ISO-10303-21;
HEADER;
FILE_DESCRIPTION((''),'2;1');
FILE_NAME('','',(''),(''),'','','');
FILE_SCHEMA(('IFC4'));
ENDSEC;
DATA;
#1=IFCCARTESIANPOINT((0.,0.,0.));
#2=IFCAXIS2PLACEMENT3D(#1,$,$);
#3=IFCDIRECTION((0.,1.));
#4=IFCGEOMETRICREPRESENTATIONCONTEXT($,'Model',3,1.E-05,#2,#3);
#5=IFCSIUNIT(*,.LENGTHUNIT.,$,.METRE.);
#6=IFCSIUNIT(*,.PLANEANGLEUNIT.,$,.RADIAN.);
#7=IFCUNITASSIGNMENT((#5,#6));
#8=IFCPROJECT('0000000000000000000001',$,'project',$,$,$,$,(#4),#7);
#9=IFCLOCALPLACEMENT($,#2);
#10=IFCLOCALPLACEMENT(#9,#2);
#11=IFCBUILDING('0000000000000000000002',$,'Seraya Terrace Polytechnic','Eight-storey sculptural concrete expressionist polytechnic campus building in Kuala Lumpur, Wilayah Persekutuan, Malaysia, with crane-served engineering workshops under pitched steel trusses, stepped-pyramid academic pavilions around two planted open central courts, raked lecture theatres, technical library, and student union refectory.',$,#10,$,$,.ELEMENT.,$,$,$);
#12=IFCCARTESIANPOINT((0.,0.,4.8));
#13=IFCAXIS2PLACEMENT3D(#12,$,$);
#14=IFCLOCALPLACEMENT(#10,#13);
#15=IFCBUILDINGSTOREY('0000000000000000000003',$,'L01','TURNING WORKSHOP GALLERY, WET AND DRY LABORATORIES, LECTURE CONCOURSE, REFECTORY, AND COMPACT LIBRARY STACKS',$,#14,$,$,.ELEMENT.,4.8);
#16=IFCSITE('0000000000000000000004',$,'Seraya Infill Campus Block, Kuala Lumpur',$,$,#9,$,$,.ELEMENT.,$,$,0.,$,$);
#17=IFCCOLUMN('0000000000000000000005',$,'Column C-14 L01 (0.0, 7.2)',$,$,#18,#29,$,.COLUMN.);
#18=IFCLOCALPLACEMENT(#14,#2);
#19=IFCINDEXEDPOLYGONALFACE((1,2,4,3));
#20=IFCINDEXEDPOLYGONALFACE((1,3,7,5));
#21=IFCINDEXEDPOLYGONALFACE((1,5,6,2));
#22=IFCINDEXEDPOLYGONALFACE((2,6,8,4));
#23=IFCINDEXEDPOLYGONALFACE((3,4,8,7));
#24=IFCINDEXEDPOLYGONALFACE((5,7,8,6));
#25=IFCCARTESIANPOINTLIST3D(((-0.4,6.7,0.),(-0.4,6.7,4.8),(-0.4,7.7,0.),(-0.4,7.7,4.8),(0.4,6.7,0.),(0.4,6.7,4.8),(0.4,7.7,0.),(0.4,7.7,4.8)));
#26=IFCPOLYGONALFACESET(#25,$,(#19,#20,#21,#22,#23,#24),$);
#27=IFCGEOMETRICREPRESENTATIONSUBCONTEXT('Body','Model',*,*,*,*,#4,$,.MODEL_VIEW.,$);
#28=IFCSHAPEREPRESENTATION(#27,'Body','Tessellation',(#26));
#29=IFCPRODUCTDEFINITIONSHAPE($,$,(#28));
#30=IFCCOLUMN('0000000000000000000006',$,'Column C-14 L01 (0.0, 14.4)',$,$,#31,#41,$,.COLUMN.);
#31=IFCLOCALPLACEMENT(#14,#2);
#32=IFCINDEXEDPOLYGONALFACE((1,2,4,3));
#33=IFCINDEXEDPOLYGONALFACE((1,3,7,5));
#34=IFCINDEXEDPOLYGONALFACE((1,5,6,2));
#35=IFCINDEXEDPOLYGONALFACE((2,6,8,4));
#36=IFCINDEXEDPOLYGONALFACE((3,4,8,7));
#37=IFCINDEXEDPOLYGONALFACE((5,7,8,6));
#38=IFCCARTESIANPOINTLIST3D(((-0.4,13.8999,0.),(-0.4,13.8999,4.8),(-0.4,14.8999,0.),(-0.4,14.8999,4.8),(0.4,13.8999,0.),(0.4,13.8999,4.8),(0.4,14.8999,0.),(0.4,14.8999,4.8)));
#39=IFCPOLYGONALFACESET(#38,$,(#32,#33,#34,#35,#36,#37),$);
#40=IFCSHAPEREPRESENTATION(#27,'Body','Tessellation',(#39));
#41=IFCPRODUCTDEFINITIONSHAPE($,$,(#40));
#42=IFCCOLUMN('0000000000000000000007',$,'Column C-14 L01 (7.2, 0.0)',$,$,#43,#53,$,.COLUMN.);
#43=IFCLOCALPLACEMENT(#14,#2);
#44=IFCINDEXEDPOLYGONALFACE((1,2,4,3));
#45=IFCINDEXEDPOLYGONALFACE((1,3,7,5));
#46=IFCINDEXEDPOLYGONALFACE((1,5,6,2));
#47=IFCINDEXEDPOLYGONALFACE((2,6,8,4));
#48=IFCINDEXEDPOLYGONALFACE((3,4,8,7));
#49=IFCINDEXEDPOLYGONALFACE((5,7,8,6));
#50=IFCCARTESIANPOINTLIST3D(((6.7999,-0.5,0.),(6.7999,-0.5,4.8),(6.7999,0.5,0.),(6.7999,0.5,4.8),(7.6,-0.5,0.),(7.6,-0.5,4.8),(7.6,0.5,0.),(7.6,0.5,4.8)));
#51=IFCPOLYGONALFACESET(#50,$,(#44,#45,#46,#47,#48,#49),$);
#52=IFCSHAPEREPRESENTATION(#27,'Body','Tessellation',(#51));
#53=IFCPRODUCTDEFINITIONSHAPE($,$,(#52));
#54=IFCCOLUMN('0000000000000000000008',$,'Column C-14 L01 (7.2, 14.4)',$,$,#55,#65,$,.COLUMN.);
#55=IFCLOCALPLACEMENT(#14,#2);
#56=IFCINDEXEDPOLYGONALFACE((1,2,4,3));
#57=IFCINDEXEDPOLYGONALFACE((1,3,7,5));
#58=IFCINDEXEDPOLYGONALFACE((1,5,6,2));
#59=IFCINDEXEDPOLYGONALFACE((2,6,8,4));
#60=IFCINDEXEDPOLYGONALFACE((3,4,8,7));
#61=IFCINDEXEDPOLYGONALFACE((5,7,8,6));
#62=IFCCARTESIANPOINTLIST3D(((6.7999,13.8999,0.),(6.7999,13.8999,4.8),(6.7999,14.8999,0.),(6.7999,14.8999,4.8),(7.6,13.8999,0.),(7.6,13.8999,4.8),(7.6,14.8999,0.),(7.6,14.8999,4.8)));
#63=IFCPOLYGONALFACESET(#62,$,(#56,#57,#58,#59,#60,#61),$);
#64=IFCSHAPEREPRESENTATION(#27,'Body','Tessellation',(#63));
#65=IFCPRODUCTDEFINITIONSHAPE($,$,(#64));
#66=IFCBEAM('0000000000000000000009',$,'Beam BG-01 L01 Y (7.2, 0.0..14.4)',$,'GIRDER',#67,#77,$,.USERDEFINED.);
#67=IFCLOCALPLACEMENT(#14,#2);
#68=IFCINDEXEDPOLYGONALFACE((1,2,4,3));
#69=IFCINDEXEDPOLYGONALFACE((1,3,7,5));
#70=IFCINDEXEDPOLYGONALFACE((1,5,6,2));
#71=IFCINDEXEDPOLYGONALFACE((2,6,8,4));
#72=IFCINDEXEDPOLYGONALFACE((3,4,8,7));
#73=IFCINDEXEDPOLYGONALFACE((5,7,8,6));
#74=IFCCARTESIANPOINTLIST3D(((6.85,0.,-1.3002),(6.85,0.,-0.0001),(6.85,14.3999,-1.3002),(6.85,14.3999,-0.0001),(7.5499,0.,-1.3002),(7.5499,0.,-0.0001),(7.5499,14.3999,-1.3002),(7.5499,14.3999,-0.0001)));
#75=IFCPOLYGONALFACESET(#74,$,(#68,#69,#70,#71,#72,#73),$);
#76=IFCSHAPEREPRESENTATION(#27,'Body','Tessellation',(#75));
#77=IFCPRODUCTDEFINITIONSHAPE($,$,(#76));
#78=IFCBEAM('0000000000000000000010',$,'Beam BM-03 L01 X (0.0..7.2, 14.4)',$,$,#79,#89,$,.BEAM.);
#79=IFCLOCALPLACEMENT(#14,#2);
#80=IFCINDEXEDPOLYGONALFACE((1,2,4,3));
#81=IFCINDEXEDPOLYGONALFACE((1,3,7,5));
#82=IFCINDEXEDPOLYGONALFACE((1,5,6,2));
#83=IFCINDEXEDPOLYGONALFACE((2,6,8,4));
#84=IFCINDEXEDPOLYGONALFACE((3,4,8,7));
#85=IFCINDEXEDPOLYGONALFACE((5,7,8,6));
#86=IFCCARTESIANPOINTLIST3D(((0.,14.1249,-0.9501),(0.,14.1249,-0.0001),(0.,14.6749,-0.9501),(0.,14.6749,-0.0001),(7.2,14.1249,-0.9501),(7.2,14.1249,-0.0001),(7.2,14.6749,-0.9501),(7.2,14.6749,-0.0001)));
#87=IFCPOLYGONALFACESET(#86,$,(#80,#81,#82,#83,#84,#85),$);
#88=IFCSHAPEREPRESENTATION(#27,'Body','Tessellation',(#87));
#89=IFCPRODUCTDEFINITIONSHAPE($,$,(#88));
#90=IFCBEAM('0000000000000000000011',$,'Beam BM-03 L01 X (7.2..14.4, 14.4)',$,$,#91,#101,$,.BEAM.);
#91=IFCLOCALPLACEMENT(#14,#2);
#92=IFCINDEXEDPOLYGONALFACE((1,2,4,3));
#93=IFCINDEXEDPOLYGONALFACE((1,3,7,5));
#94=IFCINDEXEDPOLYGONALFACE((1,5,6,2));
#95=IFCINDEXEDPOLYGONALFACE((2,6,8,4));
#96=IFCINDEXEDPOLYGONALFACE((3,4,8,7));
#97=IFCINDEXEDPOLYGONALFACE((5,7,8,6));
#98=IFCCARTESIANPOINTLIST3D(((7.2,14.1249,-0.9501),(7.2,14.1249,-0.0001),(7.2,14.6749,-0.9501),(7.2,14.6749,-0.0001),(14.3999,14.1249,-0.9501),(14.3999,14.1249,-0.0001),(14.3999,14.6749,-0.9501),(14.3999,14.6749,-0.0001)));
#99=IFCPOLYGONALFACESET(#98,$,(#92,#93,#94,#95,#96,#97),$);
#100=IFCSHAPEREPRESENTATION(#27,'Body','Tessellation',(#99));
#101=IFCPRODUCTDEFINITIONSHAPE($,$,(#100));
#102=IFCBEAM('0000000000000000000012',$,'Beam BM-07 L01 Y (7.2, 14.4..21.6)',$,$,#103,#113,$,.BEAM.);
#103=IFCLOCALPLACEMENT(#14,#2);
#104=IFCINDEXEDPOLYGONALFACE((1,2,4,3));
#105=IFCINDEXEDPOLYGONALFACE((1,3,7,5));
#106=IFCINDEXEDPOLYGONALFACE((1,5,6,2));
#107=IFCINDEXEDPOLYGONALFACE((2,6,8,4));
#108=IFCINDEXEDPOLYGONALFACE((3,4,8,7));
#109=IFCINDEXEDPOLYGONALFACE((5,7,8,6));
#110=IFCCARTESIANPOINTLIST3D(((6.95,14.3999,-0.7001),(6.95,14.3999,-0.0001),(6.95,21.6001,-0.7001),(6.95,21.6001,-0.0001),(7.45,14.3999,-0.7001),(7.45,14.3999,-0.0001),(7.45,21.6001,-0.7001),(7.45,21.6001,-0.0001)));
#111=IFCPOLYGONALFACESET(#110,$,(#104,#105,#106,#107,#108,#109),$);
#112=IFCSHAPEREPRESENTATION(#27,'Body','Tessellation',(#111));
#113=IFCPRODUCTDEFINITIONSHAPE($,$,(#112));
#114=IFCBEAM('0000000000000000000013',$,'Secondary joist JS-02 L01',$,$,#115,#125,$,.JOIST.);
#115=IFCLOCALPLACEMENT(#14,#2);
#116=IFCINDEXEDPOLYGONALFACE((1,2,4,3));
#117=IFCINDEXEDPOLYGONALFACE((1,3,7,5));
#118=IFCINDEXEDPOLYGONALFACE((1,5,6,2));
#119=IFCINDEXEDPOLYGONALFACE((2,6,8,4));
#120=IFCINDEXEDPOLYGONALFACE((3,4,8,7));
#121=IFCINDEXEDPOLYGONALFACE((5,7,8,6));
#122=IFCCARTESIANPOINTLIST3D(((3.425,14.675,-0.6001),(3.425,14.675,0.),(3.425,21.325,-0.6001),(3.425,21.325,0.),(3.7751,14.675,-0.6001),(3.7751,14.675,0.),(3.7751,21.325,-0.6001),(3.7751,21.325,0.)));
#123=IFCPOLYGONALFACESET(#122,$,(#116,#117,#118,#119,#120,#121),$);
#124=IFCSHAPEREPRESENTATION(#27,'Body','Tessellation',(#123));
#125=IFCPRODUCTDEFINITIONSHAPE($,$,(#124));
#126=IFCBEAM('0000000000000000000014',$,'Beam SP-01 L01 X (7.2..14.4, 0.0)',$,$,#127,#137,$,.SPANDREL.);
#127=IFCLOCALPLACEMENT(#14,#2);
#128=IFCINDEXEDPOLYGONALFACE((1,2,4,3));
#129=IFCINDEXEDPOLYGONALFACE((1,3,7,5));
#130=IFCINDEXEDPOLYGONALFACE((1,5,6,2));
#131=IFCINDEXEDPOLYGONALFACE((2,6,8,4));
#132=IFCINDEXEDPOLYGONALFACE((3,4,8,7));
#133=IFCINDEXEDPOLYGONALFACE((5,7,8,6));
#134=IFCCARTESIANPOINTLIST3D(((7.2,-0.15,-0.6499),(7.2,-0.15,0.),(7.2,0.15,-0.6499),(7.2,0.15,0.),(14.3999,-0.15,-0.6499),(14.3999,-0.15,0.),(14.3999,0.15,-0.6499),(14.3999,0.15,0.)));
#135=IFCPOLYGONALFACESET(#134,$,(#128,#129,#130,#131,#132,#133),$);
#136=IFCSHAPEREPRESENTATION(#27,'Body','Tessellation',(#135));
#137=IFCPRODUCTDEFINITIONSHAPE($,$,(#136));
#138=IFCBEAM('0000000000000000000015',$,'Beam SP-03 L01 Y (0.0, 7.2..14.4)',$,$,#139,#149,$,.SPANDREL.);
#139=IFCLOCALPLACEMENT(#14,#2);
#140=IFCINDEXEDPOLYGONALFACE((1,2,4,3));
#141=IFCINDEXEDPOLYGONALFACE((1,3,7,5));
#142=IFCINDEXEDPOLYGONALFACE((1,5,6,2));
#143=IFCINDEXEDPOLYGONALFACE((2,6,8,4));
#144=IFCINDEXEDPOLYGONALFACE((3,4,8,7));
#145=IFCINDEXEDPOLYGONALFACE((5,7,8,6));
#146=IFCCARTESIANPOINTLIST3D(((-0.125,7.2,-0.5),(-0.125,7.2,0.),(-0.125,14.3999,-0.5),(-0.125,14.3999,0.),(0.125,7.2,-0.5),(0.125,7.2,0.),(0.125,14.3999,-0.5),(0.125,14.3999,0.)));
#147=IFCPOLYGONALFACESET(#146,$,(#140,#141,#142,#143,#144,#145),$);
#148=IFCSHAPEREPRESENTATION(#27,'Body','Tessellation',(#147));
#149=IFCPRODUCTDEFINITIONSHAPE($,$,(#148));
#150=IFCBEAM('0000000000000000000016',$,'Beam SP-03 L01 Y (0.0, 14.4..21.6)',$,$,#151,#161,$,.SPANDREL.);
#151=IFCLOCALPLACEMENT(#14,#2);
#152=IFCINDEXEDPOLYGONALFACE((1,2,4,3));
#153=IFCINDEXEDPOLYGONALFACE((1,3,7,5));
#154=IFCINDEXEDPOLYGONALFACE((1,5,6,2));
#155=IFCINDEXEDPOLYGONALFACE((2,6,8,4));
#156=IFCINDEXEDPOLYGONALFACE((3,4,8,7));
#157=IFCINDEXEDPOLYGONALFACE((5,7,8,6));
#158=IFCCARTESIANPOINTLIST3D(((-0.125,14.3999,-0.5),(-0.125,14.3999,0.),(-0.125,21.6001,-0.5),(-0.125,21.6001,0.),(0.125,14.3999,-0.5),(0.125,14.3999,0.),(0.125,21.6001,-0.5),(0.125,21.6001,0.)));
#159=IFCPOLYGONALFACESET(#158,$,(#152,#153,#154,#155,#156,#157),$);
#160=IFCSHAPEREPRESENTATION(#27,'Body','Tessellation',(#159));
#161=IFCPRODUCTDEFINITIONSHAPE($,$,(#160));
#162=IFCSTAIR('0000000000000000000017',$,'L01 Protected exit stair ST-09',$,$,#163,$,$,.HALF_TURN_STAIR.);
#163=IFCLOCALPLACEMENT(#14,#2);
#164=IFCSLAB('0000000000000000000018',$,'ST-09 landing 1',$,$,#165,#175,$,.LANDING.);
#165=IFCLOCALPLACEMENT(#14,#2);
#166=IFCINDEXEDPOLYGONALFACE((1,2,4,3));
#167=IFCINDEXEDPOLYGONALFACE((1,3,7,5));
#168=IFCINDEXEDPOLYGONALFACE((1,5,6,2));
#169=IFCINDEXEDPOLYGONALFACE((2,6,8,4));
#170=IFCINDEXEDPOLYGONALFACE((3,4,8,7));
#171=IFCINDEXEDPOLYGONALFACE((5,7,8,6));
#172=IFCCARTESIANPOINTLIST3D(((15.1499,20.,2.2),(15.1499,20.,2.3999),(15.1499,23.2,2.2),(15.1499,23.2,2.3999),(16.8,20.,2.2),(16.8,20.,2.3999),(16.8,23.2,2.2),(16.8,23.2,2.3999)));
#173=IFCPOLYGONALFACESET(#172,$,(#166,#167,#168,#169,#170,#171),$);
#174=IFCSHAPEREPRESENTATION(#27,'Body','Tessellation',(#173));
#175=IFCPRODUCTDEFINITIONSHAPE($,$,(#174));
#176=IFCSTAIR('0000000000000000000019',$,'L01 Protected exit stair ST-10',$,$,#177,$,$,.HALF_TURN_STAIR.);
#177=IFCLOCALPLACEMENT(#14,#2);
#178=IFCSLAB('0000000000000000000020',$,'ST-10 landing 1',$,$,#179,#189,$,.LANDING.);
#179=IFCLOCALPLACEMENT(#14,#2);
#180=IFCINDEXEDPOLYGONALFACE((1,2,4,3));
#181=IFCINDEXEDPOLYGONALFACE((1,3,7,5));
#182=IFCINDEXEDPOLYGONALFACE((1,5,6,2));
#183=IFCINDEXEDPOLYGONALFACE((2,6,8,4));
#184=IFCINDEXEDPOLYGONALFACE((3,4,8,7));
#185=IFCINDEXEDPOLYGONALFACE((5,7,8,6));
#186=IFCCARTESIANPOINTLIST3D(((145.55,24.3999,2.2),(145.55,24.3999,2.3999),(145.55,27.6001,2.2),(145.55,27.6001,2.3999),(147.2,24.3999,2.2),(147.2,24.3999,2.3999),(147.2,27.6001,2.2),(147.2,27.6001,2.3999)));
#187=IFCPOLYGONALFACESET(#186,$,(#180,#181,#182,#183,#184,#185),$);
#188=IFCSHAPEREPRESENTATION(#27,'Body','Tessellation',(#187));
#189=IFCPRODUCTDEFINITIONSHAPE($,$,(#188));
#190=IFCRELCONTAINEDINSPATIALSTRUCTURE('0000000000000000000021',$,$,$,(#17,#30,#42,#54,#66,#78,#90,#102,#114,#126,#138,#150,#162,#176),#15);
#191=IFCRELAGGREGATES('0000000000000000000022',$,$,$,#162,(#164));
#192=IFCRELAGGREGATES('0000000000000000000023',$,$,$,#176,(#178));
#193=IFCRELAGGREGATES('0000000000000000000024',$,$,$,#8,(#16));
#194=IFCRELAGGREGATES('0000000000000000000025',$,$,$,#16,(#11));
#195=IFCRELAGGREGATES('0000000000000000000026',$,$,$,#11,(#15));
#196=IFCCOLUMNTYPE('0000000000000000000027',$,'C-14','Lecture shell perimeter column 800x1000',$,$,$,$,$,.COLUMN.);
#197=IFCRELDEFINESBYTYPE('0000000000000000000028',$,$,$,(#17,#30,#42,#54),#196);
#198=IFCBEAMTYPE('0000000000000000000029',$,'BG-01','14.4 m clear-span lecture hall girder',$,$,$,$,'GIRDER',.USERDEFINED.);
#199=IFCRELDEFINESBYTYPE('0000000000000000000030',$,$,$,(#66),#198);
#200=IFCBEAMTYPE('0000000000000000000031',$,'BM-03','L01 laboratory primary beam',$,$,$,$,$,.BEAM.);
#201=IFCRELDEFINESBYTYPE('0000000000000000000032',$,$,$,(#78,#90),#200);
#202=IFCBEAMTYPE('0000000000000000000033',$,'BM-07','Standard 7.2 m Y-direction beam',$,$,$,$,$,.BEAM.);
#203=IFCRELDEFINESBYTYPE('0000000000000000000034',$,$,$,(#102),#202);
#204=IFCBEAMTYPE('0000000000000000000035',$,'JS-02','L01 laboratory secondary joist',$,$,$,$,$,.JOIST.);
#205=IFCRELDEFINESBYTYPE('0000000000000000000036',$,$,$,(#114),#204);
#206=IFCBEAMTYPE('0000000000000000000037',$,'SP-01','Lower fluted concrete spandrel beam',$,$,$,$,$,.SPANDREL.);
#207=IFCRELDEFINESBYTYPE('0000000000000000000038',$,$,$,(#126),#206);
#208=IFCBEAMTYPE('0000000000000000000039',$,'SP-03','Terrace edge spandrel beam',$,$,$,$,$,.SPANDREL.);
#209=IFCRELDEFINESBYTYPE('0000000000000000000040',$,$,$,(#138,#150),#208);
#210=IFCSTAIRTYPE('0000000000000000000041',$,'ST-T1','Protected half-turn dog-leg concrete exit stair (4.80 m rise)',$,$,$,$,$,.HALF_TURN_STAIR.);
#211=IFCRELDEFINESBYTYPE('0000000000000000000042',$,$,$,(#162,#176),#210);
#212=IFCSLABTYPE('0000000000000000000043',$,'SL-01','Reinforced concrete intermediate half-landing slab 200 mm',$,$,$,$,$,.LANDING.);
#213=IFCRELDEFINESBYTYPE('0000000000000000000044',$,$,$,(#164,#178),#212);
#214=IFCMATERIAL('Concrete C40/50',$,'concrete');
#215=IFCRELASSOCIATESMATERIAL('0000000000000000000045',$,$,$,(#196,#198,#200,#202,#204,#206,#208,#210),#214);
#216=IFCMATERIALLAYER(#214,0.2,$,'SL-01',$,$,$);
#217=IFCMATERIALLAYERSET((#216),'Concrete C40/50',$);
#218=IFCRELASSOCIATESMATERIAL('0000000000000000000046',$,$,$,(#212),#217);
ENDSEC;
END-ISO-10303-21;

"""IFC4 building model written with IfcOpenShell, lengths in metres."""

from ifc_helpers import new_model, si_unit, direction, frame, origin, origin_2d, place, context, subcontext, project, spatial, polyline, rectangle, outline, extrude, material, layer, layer_set, material_profile, profile_set, type_object, element, aggregate, save


model = new_model("IFC4")

# Units and contexts
model_context = context("Model", 3, precision=1e-05, world=origin(), true_north=direction((0.0, 1.0)))
body_context = subcontext(model_context, "Body", "Model", "MODEL_VIEW")
ifc_project = project(units=[si_unit("LENGTHUNIT", "METRE"), si_unit("PLANEANGLEUNIT", "RADIAN")], contexts=[model_context])

# Site, building, storey
site_placement = place(None, origin())
site = spatial("IfcSite", under=ifc_project, at=site_placement, Name="Seraya Infill Campus Block, Kuala Lumpur", CompositionType="ELEMENT", RefElevation=0.0)
building_placement = place(site_placement, origin())
building = spatial("IfcBuilding", under=site, at=building_placement, Name="Seraya Terrace Polytechnic", Description="Eight-storey sculptural concrete expressionist polytechnic campus building in Kuala Lumpur, Wilayah Persekutuan, Malaysia, with crane-served engineering workshops under pitched steel trusses, stepped-pyramid academic pavilions around two planted open central courts, raked lecture theatres, technical library, and student union refectory.", CompositionType="ELEMENT")
storey_placement = place(building_placement, frame((0.0, 0.0, 4.8)))
storey = spatial("IfcBuildingStorey", under=building, at=storey_placement, Name="L01", Description="TURNING WORKSHOP GALLERY, WET AND DRY LABORATORIES, LECTURE CONCOURSE, REFECTORY, AND COMPACT LIBRARY STACKS", CompositionType="ELEMENT", Elevation=4.8)

# Columns
ifc_material_1 = material(Name="Concrete C40/50", Category="concrete")
ifc_material_profile_1 = material_profile(ifc_material_1, rectangle(XDim=0.8, YDim=1.0, at=origin_2d()), Name="RC 800x1000")
ifc_profile_set_1 = profile_set([ifc_material_profile_1], Name="Concrete C40/50")
column_type = type_object("IfcColumnType", Name="C-14", Description="Lecture shell perimeter column 800x1000", PredefinedType="COLUMN", material=ifc_profile_set_1)
for number, where, z_axis, x_axis, name in (
    (1, (0.0, 7.2, 0.0), (0.0, 0.0, 1.0), (1.0, 0.0, 0.0), "Column C-14 L01 (0.0, 7.2)"),
    (2, (0.0, 14.3999, 0.0), (0.0, 0.0, 1.0), (1.0, 0.0, 0.0), "Column C-14 L01 (0.0, 14.4)"),
    (3, (7.2, 0.0, 0.0), (0.0, 0.0, 1.0), (1.0, 0.0, 0.0), "Column C-14 L01 (7.2, 0.0)"),
    (4, (7.2, 14.3999, 0.0), (0.0, 0.0, 1.0), (1.0, 0.0, 0.0), "Column C-14 L01 (7.2, 14.4)"),
):
    element("IfcColumn", number, at=place(storey_placement, frame(where, z_axis=z_axis, x_axis=x_axis)), inside=storey, type_object=column_type, Name=name, PredefinedType="COLUMN", context=body_context, shape_type="SweptSolid", body=[
        extrude(rectangle(XDim=0.8, YDim=1.0, at=origin_2d()), origin(), (0.0, 0.0, 1.0), 4.8),
    ])

# Beams
ifc_material_profile_2 = material_profile(ifc_material_1, rectangle(XDim=0.7, YDim=1.3, at=origin_2d()), Name="RC 700x1300")
ifc_profile_set_2 = profile_set([ifc_material_profile_2], Name="Concrete C40/50")
beam_type_1 = type_object("IfcBeamType", Name="BG-01", Description="14.4 m clear-span lecture hall girder", ElementType="GIRDER", PredefinedType="USERDEFINED", material=ifc_profile_set_2)
beam_1_placement = place(storey_placement, frame((7.2, 0.0, -0.6501), z_axis=(0.0, 1.0, 0.0), x_axis=(-1.0, 0.0, 0.0)))
element("IfcBeam", 5, at=beam_1_placement, inside=storey, type_object=beam_type_1, Name="Beam BG-01 L01 Y (7.2, 0.0..14.4)", ObjectType="GIRDER", PredefinedType="USERDEFINED", context=body_context, shape_type="SweptSolid", body=[
    extrude(rectangle(XDim=0.7, YDim=1.3, at=origin_2d()), origin(), (0.0, 0.0, 1.0), 14.3999),
])
ifc_material_profile_3 = material_profile(ifc_material_1, rectangle(XDim=0.55, YDim=0.95, at=origin_2d()), Name="RC 550x950")
ifc_profile_set_3 = profile_set([ifc_material_profile_3], Name="Concrete C40/50")
beam_type_2 = type_object("IfcBeamType", Name="BM-03", Description="L01 laboratory primary beam", PredefinedType="BEAM", material=ifc_profile_set_3)
for number, where, z_axis, x_axis, name in (
    (6, (0.0, 14.3999, -0.4751), (1.0, 0.0, 0.0), (0.0, 1.0, 0.0), "Beam BM-03 L01 X (0.0..7.2, 14.4)"),
    (7, (7.2, 14.3999, -0.4751), (1.0, 0.0, 0.0), (0.0, 1.0, 0.0), "Beam BM-03 L01 X (7.2..14.4, 14.4)"),
):
    element("IfcBeam", number, at=place(storey_placement, frame(where, z_axis=z_axis, x_axis=x_axis)), inside=storey, type_object=beam_type_2, Name=name, PredefinedType="BEAM", context=body_context, shape_type="SweptSolid", body=[
        extrude(rectangle(XDim=0.55, YDim=0.95, at=origin_2d()), origin(), (0.0, 0.0, 1.0), 7.2),
    ])
ifc_material_profile_4 = material_profile(ifc_material_1, rectangle(XDim=0.5, YDim=0.7, at=origin_2d()), Name="RC 500x700")
ifc_profile_set_4 = profile_set([ifc_material_profile_4], Name="Concrete C40/50")
beam_type_3 = type_object("IfcBeamType", Name="BM-07", Description="Standard 7.2 m Y-direction beam", PredefinedType="BEAM", material=ifc_profile_set_4)
beam_2_placement = place(storey_placement, frame((7.2, 14.3999, -0.3501), z_axis=(0.0, 1.0, 0.0), x_axis=(-1.0, 0.0, 0.0)))
element("IfcBeam", 8, at=beam_2_placement, inside=storey, type_object=beam_type_3, Name="Beam BM-07 L01 Y (7.2, 14.4..21.6)", PredefinedType="BEAM", context=body_context, shape_type="SweptSolid", body=[
    extrude(rectangle(XDim=0.5, YDim=0.7, at=origin_2d()), origin(), (0.0, 0.0, 1.0), 7.2002),
])
ifc_material_profile_5 = material_profile(ifc_material_1, rectangle(XDim=0.3501, YDim=0.6001, at=origin_2d()), Name="RC 350x600")
ifc_profile_set_5 = profile_set([ifc_material_profile_5], Name="Concrete C40/50")
beam_type_4 = type_object("IfcBeamType", Name="JS-02", Description="L01 laboratory secondary joist", PredefinedType="JOIST", material=ifc_profile_set_5)
beam_3_placement = place(storey_placement, frame((3.6001, 14.675, -0.3), z_axis=(0.0, 1.0, 0.0), x_axis=(-1.0, 0.0, 0.0)))
element("IfcBeam", 9, at=beam_3_placement, inside=storey, type_object=beam_type_4, Name="Secondary joist JS-02 L01", PredefinedType="JOIST", context=body_context, shape_type="SweptSolid", body=[
    extrude(rectangle(XDim=0.3501, YDim=0.6001, at=origin_2d()), origin(), (0.0, 0.0, 1.0), 6.6499),
])
ifc_material_profile_6 = material_profile(ifc_material_1, rectangle(XDim=0.3, YDim=0.6499, at=origin_2d()), Name="RC 300x650")
ifc_profile_set_6 = profile_set([ifc_material_profile_6], Name="Concrete C40/50")
beam_type_5 = type_object("IfcBeamType", Name="SP-01", Description="Lower fluted concrete spandrel beam", PredefinedType="SPANDREL", material=ifc_profile_set_6)
beam_4_placement = place(storey_placement, frame((7.2, 0.0, -0.325), z_axis=(1.0, 0.0, 0.0), x_axis=(0.0, 1.0, 0.0)))
element("IfcBeam", 10, at=beam_4_placement, inside=storey, type_object=beam_type_5, Name="Beam SP-01 L01 X (7.2..14.4, 0.0)", PredefinedType="SPANDREL", context=body_context, shape_type="SweptSolid", body=[
    extrude(rectangle(XDim=0.3, YDim=0.6499, at=origin_2d()), origin(), (0.0, 0.0, 1.0), 7.2),
])
ifc_material_profile_7 = material_profile(ifc_material_1, rectangle(XDim=0.25, YDim=0.5, at=origin_2d()), Name="RC 250x500")
ifc_profile_set_7 = profile_set([ifc_material_profile_7], Name="Concrete C40/50")
beam_type_6 = type_object("IfcBeamType", Name="SP-03", Description="Terrace edge spandrel beam", PredefinedType="SPANDREL", material=ifc_profile_set_7)
beam_5_placement = place(storey_placement, frame((0.0, 7.2, -0.25), z_axis=(0.0, 1.0, 0.0), x_axis=(-1.0, 0.0, 0.0)))
element("IfcBeam", 11, at=beam_5_placement, inside=storey, type_object=beam_type_6, Name="Beam SP-03 L01 Y (0.0, 7.2..14.4)", PredefinedType="SPANDREL", context=body_context, shape_type="SweptSolid", body=[
    extrude(rectangle(XDim=0.25, YDim=0.5, at=origin_2d()), origin(), (0.0, 0.0, 1.0), 7.2),
])
beam_6_placement = place(storey_placement, frame((0.0, 14.3999, -0.25), z_axis=(0.0, 1.0, 0.0), x_axis=(-1.0, 0.0, 0.0)))
element("IfcBeam", 12, at=beam_6_placement, inside=storey, type_object=beam_type_6, Name="Beam SP-03 L01 Y (0.0, 14.4..21.6)", PredefinedType="SPANDREL", context=body_context, shape_type="SweptSolid", body=[
    extrude(rectangle(XDim=0.25, YDim=0.5, at=origin_2d()), origin(), (0.0, 0.0, 1.0), 7.2002),
])

# Stairs, slabs
stair_type = type_object("IfcStairType", Name="ST-T1", Description="Protected half-turn dog-leg concrete exit stair (4.80 m rise)", PredefinedType="HALF_TURN_STAIR", material=ifc_material_1)
stair_1_placement = place(storey_placement, origin())
stair_1 = element("IfcStair", 13, at=stair_1_placement, inside=storey, type_object=stair_type, Name="L01 Protected exit stair ST-09", PredefinedType="HALF_TURN_STAIR")
ifc_layer_1 = layer(ifc_material_1, 0.2, Name="SL-01")
ifc_layer_set_1 = layer_set([ifc_layer_1], Name="Concrete C40/50")
slab_type = type_object("IfcSlabType", Name="SL-01", Description="Reinforced concrete intermediate half-landing slab 200 mm", PredefinedType="LANDING", material=ifc_layer_set_1)
slab_1_placement = place(storey_placement, frame((0.0, 0.0, 2.2)))
slab_1 = element("IfcSlab", 14, at=slab_1_placement, type_object=slab_type, Name="ST-09 landing 1", PredefinedType="LANDING", context=body_context, shape_type="SweptSolid", body=[
    extrude(outline(polyline([(15.1499, 20.0), (16.8, 20.0), (16.8, 23.2), (15.1499, 23.2), (15.1499, 20.0)])), origin(), (0.0, 0.0, 1.0), 0.2),
])
aggregate(stair_1, [slab_1])
stair_2_placement = place(storey_placement, origin())
stair_2 = element("IfcStair", 15, at=stair_2_placement, inside=storey, type_object=stair_type, Name="L01 Protected exit stair ST-10", PredefinedType="HALF_TURN_STAIR")
slab_2_placement = place(storey_placement, frame((0.0, 0.0, 2.2)))
slab_2 = element("IfcSlab", 16, at=slab_2_placement, type_object=slab_type, Name="ST-10 landing 1", PredefinedType="LANDING", context=body_context, shape_type="SweptSolid", body=[
    extrude(outline(polyline([(145.55, 24.3999), (147.2, 24.3999), (147.2, 27.6001), (145.55, 27.6001), (145.55, 24.3999)])), origin(), (0.0, 0.0, 1.0), 0.2),
])
aggregate(stair_2, [slab_2])

save(model, "model.ifc")
